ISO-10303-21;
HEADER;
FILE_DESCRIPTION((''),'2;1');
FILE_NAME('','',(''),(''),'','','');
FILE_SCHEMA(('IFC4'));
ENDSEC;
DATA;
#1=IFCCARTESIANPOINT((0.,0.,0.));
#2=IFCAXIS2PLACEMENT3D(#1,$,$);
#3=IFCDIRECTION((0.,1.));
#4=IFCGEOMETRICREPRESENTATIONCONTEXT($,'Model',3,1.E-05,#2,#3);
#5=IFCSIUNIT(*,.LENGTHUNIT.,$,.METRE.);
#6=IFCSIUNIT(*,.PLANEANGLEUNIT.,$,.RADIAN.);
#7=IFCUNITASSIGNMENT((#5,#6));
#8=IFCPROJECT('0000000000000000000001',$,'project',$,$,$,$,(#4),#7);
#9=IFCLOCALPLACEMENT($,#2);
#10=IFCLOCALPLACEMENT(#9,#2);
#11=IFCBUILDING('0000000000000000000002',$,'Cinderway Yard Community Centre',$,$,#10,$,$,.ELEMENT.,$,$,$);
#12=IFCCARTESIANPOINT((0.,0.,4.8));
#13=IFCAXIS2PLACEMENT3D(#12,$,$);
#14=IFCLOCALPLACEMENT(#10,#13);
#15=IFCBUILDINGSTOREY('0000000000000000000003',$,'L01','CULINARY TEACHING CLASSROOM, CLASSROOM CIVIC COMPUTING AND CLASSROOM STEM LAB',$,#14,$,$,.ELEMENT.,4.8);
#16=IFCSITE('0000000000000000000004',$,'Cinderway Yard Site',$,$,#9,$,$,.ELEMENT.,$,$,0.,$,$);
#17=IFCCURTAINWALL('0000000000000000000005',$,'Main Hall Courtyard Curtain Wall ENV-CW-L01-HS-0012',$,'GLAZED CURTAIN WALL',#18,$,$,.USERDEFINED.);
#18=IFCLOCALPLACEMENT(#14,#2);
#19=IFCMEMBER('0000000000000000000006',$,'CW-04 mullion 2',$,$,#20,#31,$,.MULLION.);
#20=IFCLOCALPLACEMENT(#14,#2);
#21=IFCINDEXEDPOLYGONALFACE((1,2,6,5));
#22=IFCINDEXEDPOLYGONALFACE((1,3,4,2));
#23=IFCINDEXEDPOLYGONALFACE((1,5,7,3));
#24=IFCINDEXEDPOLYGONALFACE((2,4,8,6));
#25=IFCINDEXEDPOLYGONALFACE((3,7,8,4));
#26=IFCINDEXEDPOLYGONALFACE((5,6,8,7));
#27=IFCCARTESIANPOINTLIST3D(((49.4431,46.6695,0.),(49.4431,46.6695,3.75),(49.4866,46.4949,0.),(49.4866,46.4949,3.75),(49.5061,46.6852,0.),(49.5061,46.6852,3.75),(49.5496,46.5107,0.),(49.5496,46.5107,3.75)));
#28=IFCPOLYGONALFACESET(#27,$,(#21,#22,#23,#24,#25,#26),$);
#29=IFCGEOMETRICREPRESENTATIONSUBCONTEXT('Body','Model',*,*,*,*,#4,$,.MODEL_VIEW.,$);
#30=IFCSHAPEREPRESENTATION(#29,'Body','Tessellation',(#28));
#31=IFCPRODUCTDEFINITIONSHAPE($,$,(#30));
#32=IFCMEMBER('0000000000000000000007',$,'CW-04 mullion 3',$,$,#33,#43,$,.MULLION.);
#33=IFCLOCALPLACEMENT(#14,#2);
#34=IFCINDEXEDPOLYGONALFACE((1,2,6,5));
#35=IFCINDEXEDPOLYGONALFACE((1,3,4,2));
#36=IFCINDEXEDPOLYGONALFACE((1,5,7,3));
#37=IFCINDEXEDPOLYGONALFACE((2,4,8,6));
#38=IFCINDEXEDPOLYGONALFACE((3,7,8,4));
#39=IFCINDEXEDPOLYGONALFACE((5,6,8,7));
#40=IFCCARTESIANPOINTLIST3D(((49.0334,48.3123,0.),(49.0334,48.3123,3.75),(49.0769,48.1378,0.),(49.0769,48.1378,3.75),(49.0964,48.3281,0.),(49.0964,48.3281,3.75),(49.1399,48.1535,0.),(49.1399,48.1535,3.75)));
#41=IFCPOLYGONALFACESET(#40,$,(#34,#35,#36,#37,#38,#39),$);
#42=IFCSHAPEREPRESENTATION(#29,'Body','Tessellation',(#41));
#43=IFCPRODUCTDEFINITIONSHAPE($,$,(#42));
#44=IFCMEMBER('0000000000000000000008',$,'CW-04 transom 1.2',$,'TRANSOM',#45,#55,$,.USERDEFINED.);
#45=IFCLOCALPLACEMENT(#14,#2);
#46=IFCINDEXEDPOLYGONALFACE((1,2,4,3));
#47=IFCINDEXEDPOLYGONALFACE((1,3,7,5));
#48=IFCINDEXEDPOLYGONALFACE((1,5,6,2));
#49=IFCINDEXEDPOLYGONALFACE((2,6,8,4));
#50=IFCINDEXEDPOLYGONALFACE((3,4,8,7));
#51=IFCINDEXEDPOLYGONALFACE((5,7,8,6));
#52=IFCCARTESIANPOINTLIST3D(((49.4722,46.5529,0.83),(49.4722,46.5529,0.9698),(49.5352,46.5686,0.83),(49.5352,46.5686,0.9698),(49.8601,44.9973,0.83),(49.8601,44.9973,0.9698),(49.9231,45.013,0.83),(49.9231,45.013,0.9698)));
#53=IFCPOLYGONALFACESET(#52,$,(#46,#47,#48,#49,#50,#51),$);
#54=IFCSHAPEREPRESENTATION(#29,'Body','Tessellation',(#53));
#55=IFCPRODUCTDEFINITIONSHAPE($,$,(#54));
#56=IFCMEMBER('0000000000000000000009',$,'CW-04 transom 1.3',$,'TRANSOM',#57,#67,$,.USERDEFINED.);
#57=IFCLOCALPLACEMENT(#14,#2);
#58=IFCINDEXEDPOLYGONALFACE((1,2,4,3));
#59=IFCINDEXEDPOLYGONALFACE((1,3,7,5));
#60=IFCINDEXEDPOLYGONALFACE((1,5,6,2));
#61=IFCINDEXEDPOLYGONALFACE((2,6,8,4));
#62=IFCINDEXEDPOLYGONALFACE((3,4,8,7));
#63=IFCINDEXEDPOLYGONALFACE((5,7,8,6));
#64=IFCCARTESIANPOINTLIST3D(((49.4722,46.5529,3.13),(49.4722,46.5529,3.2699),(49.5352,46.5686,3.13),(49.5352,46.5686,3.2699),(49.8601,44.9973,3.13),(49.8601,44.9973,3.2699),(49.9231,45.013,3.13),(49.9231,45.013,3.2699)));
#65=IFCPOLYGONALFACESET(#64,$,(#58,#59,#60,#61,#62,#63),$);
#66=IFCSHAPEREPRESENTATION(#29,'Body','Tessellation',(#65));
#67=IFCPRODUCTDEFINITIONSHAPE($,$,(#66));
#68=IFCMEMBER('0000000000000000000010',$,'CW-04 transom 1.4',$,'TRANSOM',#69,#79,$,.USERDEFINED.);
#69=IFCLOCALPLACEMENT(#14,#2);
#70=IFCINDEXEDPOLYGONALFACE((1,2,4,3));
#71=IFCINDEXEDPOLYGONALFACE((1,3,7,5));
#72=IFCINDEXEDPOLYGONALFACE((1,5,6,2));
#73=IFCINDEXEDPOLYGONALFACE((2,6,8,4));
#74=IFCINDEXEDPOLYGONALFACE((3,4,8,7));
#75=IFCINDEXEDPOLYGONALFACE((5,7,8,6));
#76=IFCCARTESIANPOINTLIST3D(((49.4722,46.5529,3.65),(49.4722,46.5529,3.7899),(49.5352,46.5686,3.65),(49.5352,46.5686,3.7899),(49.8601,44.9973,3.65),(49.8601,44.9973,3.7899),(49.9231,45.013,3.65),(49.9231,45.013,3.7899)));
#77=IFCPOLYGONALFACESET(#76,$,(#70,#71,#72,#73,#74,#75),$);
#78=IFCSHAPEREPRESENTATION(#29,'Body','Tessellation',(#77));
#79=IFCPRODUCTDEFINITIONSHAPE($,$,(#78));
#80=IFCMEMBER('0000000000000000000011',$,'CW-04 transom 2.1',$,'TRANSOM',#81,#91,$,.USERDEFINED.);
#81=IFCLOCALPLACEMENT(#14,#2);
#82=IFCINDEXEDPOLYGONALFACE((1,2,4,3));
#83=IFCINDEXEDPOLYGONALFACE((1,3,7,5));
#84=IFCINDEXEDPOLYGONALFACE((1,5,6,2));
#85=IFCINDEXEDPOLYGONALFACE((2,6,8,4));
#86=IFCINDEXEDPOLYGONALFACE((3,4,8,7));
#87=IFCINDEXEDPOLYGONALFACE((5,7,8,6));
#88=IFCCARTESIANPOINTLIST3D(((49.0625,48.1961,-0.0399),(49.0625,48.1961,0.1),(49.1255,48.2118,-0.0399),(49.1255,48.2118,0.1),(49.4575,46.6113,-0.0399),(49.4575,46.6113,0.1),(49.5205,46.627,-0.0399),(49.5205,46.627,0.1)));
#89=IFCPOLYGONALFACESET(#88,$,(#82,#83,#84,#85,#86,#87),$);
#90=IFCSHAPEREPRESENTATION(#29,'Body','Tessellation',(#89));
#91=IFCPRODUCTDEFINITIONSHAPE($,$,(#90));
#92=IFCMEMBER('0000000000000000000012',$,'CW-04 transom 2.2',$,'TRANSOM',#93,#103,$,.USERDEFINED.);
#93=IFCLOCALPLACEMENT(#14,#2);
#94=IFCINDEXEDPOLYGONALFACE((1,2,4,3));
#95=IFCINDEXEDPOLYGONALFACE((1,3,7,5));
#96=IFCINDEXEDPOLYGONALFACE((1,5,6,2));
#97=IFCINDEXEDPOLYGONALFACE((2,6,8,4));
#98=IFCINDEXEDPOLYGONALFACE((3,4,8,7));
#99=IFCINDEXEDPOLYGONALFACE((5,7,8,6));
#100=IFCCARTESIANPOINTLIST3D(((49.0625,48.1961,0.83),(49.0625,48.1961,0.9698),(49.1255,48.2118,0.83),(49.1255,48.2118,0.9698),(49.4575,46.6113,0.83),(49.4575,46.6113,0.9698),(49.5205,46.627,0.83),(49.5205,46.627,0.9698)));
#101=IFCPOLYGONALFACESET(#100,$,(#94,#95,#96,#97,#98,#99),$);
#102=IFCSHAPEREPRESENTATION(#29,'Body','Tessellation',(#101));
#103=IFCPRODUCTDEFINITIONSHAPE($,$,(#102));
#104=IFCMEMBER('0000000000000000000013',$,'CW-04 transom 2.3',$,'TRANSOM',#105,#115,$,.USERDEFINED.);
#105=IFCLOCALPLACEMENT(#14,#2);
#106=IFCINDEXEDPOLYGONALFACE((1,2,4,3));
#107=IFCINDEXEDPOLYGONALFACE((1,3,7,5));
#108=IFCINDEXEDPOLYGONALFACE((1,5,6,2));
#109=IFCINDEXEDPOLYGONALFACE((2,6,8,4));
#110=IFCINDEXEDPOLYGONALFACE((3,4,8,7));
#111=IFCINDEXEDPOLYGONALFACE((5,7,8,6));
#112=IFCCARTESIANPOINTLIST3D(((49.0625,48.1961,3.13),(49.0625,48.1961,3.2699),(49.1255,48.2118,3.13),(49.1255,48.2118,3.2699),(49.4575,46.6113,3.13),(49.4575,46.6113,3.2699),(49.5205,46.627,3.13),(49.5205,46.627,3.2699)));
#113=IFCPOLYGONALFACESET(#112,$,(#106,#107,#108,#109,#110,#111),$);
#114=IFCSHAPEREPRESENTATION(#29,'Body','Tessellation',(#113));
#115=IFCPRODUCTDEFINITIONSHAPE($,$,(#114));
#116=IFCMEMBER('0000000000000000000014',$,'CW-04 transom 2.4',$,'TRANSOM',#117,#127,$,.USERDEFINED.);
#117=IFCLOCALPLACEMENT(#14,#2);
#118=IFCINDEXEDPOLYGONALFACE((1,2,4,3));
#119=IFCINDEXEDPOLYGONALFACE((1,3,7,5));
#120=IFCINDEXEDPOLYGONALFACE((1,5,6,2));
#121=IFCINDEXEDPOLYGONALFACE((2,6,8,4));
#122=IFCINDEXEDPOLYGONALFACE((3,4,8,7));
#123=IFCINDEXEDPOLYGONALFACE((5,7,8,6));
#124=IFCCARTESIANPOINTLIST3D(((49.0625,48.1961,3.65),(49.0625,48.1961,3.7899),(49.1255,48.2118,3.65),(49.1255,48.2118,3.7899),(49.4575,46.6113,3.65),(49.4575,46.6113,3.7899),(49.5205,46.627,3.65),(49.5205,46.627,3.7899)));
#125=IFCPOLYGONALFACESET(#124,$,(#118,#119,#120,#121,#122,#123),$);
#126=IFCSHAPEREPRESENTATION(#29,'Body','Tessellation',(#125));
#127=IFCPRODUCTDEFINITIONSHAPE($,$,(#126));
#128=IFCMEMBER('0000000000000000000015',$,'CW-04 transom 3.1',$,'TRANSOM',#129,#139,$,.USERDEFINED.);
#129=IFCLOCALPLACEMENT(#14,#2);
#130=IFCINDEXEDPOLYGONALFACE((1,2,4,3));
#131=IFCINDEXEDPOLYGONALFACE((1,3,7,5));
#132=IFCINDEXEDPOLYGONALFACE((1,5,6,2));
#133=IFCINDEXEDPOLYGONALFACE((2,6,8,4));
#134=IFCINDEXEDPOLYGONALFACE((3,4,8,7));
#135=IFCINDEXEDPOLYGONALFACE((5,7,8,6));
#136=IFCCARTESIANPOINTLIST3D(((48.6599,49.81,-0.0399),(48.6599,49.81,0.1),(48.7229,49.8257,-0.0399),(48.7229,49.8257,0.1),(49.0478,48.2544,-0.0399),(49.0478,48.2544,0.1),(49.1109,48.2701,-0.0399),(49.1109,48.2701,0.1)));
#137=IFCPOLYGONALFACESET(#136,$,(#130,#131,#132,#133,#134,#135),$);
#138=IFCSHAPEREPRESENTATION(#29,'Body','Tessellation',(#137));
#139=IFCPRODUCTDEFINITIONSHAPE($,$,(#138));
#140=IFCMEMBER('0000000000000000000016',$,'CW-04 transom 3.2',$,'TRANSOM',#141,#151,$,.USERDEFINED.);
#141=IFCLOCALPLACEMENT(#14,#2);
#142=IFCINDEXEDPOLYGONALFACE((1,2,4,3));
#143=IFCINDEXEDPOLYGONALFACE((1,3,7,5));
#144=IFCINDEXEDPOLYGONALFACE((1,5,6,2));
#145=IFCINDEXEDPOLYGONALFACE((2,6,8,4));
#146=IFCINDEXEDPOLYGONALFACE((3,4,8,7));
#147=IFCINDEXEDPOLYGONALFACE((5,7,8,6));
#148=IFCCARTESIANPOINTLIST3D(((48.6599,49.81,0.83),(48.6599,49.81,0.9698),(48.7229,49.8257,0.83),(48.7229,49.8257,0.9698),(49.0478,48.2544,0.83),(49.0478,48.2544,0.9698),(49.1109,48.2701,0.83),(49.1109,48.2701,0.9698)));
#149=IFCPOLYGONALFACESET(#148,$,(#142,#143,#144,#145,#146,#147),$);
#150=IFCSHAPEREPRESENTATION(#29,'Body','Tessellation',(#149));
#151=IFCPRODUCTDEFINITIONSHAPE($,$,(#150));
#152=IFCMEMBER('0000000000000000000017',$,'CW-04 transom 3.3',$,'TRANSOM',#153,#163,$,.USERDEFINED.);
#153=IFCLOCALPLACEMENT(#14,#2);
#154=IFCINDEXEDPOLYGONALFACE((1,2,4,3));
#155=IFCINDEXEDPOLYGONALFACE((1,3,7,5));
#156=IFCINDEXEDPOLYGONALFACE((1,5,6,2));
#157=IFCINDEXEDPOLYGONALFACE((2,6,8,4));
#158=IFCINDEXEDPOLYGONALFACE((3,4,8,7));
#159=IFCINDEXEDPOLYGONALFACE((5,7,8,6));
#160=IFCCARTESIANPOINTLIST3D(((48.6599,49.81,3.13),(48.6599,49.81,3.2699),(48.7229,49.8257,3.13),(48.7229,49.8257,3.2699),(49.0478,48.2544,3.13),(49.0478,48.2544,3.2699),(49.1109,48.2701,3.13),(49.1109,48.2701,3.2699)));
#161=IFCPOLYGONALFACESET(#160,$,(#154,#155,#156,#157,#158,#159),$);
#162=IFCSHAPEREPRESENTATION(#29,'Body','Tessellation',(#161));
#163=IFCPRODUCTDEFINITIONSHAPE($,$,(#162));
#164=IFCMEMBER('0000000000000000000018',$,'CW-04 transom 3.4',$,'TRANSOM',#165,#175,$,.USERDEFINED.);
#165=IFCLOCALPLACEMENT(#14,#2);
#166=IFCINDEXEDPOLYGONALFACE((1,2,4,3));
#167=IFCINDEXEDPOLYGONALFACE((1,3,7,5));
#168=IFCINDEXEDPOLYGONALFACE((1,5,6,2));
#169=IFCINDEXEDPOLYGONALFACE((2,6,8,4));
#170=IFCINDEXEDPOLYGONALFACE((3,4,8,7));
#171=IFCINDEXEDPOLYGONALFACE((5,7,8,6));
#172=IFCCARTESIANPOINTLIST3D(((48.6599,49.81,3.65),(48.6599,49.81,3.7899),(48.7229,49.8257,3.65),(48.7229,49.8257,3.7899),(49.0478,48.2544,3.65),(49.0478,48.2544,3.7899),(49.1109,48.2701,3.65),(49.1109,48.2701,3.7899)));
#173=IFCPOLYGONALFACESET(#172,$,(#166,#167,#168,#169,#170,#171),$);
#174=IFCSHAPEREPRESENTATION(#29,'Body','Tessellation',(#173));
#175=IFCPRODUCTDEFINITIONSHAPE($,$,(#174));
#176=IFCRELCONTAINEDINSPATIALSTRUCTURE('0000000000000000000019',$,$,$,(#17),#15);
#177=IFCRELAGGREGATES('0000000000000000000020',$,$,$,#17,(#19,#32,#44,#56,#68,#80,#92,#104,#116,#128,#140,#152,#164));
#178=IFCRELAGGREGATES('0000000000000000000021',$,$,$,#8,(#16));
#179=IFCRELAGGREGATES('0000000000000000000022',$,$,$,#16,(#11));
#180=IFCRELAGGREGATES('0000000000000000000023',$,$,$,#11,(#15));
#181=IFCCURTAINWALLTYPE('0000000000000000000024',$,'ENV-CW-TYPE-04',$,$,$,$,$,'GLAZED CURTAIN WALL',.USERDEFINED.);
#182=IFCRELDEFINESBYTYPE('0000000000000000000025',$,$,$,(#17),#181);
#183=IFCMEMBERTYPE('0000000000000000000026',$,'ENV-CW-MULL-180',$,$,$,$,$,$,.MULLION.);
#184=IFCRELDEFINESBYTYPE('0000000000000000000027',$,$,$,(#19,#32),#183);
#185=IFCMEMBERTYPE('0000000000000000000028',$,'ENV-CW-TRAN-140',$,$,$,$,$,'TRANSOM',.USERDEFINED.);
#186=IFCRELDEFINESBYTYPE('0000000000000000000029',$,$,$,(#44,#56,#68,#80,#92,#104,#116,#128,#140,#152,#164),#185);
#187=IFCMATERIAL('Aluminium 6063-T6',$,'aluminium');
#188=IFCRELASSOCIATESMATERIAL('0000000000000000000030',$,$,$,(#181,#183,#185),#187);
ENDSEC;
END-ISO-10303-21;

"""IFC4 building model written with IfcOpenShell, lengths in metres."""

from ifc_helpers import new_model, si_unit, direction, frame, origin, origin_2d, place, context, subcontext, project, spatial, rectangle, extrude, material, material_profile, profile_set, type_object, element, aggregate, save


model = new_model("IFC4")

# Units and contexts
model_context = context("Model", 3, precision=1e-05, world=origin(), true_north=direction((0.0, 1.0)))
body_context = subcontext(model_context, "Body", "Model", "MODEL_VIEW")
ifc_project = project(units=[si_unit("LENGTHUNIT", "METRE"), si_unit("PLANEANGLEUNIT", "RADIAN")], contexts=[model_context])

# Site, building, storey
site_placement = place(None, origin())
site = spatial("IfcSite", under=ifc_project, at=site_placement, Name="Cinderway Yard Site", CompositionType="ELEMENT", RefElevation=0.0)
building_placement = place(site_placement, origin())
building = spatial("IfcBuilding", under=site, at=building_placement, Name="Cinderway Yard Community Centre", CompositionType="ELEMENT")
storey_placement = place(building_placement, frame((0.0, 0.0, 4.8)))
storey = spatial("IfcBuildingStorey", under=building, at=storey_placement, Name="L01", Description="CULINARY TEACHING CLASSROOM, CLASSROOM CIVIC COMPUTING AND CLASSROOM STEM LAB", CompositionType="ELEMENT", Elevation=4.8)

# Curtain wall, members
ifc_material_1 = material(Name="Aluminium 6063-T6", Category="aluminium")
curtain_wall_type = type_object("IfcCurtainWallType", Name="ENV-CW-TYPE-04", ElementType="GLAZED CURTAIN WALL", PredefinedType="USERDEFINED", material=ifc_material_1)
curtain_wall_placement = place(storey_placement, origin())
curtain_wall = element("IfcCurtainWall", 1, at=curtain_wall_placement, inside=storey, type_object=curtain_wall_type, Name="Main Hall Courtyard Curtain Wall ENV-CW-L01-HS-0012", ObjectType="GLAZED CURTAIN WALL", PredefinedType="USERDEFINED")
ifc_material_profile_1 = material_profile(ifc_material_1, rectangle(XDim=0.0649, YDim=0.1799, at=origin_2d()), Name="Aluminium 6063-T6")
ifc_profile_set_1 = profile_set([ifc_material_profile_1], Name="Aluminium 6063-T6")
member_type_1 = type_object("IfcMemberType", Name="ENV-CW-MULL-180", PredefinedType="MULLION", material=ifc_profile_set_1)
member_1_placement = place(storey_placement, frame((49.4963, 46.5901, 0.0), z_axis=(0.0, 0.0, 1.0), x_axis=(-0.970293, -0.241933, 0.0)))
member_1 = element("IfcMember", 2, at=member_1_placement, type_object=member_type_1, Name="CW-04 mullion 2", PredefinedType="MULLION", context=body_context, shape_type="SweptSolid", body=[
    extrude(rectangle(XDim=0.0649, YDim=0.1799, at=origin_2d()), origin(), (0.0, 0.0, 1.0), 3.75),
])
member_2_placement = place(storey_placement, frame((49.0867, 48.2329, 0.0), z_axis=(0.0, 0.0, 1.0), x_axis=(-0.970293, -0.241933, 0.0)))
member_2 = element("IfcMember", 3, at=member_2_placement, type_object=member_type_1, Name="CW-04 mullion 3", PredefinedType="MULLION", context=body_context, shape_type="SweptSolid", body=[
    extrude(rectangle(XDim=0.0649, YDim=0.1799, at=origin_2d()), origin(), (0.0, 0.0, 1.0), 3.75),
])
ifc_material_profile_2 = material_profile(ifc_material_1, rectangle(XDim=0.0649, YDim=0.1399, at=origin_2d()), Name="Aluminium 6063-T6")
ifc_profile_set_2 = profile_set([ifc_material_profile_2], Name="Aluminium 6063-T6")
member_type_2 = type_object("IfcMemberType", Name="ENV-CW-TRAN-140", ElementType="TRANSOM", PredefinedType="USERDEFINED", material=ifc_profile_set_2)
member_3_placement = place(storey_placement, frame((49.8916, 45.0051, 0.8999), z_axis=(-0.241962, 0.970286, 0.0), x_axis=(-0.970286, -0.241962, 0.0)))
member_3 = element("IfcMember", 4, at=member_3_placement, type_object=member_type_2, Name="CW-04 transom 1.2", ObjectType="TRANSOM", PredefinedType="USERDEFINED", context=body_context, shape_type="SweptSolid", body=[
    extrude(rectangle(XDim=0.0649, YDim=0.1399, at=origin_2d()), origin(), (0.0, 0.0, 1.0), 1.6033),
])
member_4_placement = place(storey_placement, frame((49.8916, 45.0051, 3.2), z_axis=(-0.241962, 0.970286, 0.0), x_axis=(-0.970286, -0.241962, 0.0)))
member_4 = element("IfcMember", 5, at=member_4_placement, type_object=member_type_2, Name="CW-04 transom 1.3", ObjectType="TRANSOM", PredefinedType="USERDEFINED", context=body_context, shape_type="SweptSolid", body=[
    extrude(rectangle(XDim=0.0649, YDim=0.1399, at=origin_2d()), origin(), (0.0, 0.0, 1.0), 1.6033),
])
member_5_placement = place(storey_placement, frame((49.8916, 45.0051, 3.72), z_axis=(-0.241962, 0.970286, 0.0), x_axis=(-0.970286, -0.241962, 0.0)))
member_5 = element("IfcMember", 6, at=member_5_placement, type_object=member_type_2, Name="CW-04 transom 1.4", ObjectType="TRANSOM", PredefinedType="USERDEFINED", context=body_context, shape_type="SweptSolid", body=[
    extrude(rectangle(XDim=0.0649, YDim=0.1399, at=origin_2d()), origin(), (0.0, 0.0, 1.0), 1.6033),
])
member_6_placement = place(storey_placement, frame((49.489, 46.6191, 0.03), z_axis=(-0.241867, 0.970309, 0.0), x_axis=(-0.970309, -0.241867, 0.0)))
member_6 = element("IfcMember", 7, at=member_6_placement, type_object=member_type_2, Name="CW-04 transom 2.1", ObjectType="TRANSOM", PredefinedType="USERDEFINED", context=body_context, shape_type="SweptSolid", body=[
    extrude(rectangle(XDim=0.0649, YDim=0.1399, at=origin_2d()), origin(), (0.0, 0.0, 1.0), 1.6333),
])
member_7_placement = place(storey_placement, frame((49.489, 46.6191, 0.8999), z_axis=(-0.241867, 0.970309, 0.0), x_axis=(-0.970309, -0.241867, 0.0)))
member_7 = element("IfcMember", 8, at=member_7_placement, type_object=member_type_2, Name="CW-04 transom 2.2", ObjectType="TRANSOM", PredefinedType="USERDEFINED", context=body_context, shape_type="SweptSolid", body=[
    extrude(rectangle(XDim=0.0649, YDim=0.1399, at=origin_2d()), origin(), (0.0, 0.0, 1.0), 1.6333),
])
member_8_placement = place(storey_placement, frame((49.489, 46.6191, 3.2), z_axis=(-0.241867, 0.970309, 0.0), x_axis=(-0.970309, -0.241867, 0.0)))
member_8 = element("IfcMember", 9, at=member_8_placement, type_object=member_type_2, Name="CW-04 transom 2.3", ObjectType="TRANSOM", PredefinedType="USERDEFINED", context=body_context, shape_type="SweptSolid", body=[
    extrude(rectangle(XDim=0.0649, YDim=0.1399, at=origin_2d()), origin(), (0.0, 0.0, 1.0), 1.6333),
])
member_9_placement = place(storey_placement, frame((49.489, 46.6191, 3.72), z_axis=(-0.241867, 0.970309, 0.0), x_axis=(-0.970309, -0.241867, 0.0)))
member_9 = element("IfcMember", 10, at=member_9_placement, type_object=member_type_2, Name="CW-04 transom 2.4", ObjectType="TRANSOM", PredefinedType="USERDEFINED", context=body_context, shape_type="SweptSolid", body=[
    extrude(rectangle(XDim=0.0649, YDim=0.1399, at=origin_2d()), origin(), (0.0, 0.0, 1.0), 1.6333),
])
member_10_placement = place(storey_placement, frame((49.0793, 48.2622, 0.03), z_axis=(-0.241962, 0.970286, 0.0), x_axis=(-0.970286, -0.241962, 0.0)))
member_10 = element("IfcMember", 11, at=member_10_placement, type_object=member_type_2, Name="CW-04 transom 3.1", ObjectType="TRANSOM", PredefinedType="USERDEFINED", context=body_context, shape_type="SweptSolid", body=[
    extrude(rectangle(XDim=0.0649, YDim=0.1399, at=origin_2d()), origin(), (0.0, 0.0, 1.0), 1.6033),
])
member_11_placement = place(storey_placement, frame((49.0793, 48.2622, 0.8999), z_axis=(-0.241962, 0.970286, 0.0), x_axis=(-0.970286, -0.241962, 0.0)))
member_11 = element("IfcMember", 12, at=member_11_placement, type_object=member_type_2, Name="CW-04 transom 3.2", ObjectType="TRANSOM", PredefinedType="USERDEFINED", context=body_context, shape_type="SweptSolid", body=[
    extrude(rectangle(XDim=0.0649, YDim=0.1399, at=origin_2d()), origin(), (0.0, 0.0, 1.0), 1.6033),
])
member_12_placement = place(storey_placement, frame((49.0793, 48.2622, 3.2), z_axis=(-0.241962, 0.970286, 0.0), x_axis=(-0.970286, -0.241962, 0.0)))
member_12 = element("IfcMember", 13, at=member_12_placement, type_object=member_type_2, Name="CW-04 transom 3.3", ObjectType="TRANSOM", PredefinedType="USERDEFINED", context=body_context, shape_type="SweptSolid", body=[
    extrude(rectangle(XDim=0.0649, YDim=0.1399, at=origin_2d()), origin(), (0.0, 0.0, 1.0), 1.6033),
])
member_13_placement = place(storey_placement, frame((49.0793, 48.2622, 3.72), z_axis=(-0.241962, 0.970286, 0.0), x_axis=(-0.970286, -0.241962, 0.0)))
member_13 = element("IfcMember", 14, at=member_13_placement, type_object=member_type_2, Name="CW-04 transom 3.4", ObjectType="TRANSOM", PredefinedType="USERDEFINED", context=body_context, shape_type="SweptSolid", body=[
    extrude(rectangle(XDim=0.0649, YDim=0.1399, at=origin_2d()), origin(), (0.0, 0.0, 1.0), 1.6033),
])

aggregate(curtain_wall, [member_1, member_2, member_3, member_4, member_5, member_6, member_7, member_8, member_9, member_10, member_11, member_12, member_13])

save(model, "model.ifc")
